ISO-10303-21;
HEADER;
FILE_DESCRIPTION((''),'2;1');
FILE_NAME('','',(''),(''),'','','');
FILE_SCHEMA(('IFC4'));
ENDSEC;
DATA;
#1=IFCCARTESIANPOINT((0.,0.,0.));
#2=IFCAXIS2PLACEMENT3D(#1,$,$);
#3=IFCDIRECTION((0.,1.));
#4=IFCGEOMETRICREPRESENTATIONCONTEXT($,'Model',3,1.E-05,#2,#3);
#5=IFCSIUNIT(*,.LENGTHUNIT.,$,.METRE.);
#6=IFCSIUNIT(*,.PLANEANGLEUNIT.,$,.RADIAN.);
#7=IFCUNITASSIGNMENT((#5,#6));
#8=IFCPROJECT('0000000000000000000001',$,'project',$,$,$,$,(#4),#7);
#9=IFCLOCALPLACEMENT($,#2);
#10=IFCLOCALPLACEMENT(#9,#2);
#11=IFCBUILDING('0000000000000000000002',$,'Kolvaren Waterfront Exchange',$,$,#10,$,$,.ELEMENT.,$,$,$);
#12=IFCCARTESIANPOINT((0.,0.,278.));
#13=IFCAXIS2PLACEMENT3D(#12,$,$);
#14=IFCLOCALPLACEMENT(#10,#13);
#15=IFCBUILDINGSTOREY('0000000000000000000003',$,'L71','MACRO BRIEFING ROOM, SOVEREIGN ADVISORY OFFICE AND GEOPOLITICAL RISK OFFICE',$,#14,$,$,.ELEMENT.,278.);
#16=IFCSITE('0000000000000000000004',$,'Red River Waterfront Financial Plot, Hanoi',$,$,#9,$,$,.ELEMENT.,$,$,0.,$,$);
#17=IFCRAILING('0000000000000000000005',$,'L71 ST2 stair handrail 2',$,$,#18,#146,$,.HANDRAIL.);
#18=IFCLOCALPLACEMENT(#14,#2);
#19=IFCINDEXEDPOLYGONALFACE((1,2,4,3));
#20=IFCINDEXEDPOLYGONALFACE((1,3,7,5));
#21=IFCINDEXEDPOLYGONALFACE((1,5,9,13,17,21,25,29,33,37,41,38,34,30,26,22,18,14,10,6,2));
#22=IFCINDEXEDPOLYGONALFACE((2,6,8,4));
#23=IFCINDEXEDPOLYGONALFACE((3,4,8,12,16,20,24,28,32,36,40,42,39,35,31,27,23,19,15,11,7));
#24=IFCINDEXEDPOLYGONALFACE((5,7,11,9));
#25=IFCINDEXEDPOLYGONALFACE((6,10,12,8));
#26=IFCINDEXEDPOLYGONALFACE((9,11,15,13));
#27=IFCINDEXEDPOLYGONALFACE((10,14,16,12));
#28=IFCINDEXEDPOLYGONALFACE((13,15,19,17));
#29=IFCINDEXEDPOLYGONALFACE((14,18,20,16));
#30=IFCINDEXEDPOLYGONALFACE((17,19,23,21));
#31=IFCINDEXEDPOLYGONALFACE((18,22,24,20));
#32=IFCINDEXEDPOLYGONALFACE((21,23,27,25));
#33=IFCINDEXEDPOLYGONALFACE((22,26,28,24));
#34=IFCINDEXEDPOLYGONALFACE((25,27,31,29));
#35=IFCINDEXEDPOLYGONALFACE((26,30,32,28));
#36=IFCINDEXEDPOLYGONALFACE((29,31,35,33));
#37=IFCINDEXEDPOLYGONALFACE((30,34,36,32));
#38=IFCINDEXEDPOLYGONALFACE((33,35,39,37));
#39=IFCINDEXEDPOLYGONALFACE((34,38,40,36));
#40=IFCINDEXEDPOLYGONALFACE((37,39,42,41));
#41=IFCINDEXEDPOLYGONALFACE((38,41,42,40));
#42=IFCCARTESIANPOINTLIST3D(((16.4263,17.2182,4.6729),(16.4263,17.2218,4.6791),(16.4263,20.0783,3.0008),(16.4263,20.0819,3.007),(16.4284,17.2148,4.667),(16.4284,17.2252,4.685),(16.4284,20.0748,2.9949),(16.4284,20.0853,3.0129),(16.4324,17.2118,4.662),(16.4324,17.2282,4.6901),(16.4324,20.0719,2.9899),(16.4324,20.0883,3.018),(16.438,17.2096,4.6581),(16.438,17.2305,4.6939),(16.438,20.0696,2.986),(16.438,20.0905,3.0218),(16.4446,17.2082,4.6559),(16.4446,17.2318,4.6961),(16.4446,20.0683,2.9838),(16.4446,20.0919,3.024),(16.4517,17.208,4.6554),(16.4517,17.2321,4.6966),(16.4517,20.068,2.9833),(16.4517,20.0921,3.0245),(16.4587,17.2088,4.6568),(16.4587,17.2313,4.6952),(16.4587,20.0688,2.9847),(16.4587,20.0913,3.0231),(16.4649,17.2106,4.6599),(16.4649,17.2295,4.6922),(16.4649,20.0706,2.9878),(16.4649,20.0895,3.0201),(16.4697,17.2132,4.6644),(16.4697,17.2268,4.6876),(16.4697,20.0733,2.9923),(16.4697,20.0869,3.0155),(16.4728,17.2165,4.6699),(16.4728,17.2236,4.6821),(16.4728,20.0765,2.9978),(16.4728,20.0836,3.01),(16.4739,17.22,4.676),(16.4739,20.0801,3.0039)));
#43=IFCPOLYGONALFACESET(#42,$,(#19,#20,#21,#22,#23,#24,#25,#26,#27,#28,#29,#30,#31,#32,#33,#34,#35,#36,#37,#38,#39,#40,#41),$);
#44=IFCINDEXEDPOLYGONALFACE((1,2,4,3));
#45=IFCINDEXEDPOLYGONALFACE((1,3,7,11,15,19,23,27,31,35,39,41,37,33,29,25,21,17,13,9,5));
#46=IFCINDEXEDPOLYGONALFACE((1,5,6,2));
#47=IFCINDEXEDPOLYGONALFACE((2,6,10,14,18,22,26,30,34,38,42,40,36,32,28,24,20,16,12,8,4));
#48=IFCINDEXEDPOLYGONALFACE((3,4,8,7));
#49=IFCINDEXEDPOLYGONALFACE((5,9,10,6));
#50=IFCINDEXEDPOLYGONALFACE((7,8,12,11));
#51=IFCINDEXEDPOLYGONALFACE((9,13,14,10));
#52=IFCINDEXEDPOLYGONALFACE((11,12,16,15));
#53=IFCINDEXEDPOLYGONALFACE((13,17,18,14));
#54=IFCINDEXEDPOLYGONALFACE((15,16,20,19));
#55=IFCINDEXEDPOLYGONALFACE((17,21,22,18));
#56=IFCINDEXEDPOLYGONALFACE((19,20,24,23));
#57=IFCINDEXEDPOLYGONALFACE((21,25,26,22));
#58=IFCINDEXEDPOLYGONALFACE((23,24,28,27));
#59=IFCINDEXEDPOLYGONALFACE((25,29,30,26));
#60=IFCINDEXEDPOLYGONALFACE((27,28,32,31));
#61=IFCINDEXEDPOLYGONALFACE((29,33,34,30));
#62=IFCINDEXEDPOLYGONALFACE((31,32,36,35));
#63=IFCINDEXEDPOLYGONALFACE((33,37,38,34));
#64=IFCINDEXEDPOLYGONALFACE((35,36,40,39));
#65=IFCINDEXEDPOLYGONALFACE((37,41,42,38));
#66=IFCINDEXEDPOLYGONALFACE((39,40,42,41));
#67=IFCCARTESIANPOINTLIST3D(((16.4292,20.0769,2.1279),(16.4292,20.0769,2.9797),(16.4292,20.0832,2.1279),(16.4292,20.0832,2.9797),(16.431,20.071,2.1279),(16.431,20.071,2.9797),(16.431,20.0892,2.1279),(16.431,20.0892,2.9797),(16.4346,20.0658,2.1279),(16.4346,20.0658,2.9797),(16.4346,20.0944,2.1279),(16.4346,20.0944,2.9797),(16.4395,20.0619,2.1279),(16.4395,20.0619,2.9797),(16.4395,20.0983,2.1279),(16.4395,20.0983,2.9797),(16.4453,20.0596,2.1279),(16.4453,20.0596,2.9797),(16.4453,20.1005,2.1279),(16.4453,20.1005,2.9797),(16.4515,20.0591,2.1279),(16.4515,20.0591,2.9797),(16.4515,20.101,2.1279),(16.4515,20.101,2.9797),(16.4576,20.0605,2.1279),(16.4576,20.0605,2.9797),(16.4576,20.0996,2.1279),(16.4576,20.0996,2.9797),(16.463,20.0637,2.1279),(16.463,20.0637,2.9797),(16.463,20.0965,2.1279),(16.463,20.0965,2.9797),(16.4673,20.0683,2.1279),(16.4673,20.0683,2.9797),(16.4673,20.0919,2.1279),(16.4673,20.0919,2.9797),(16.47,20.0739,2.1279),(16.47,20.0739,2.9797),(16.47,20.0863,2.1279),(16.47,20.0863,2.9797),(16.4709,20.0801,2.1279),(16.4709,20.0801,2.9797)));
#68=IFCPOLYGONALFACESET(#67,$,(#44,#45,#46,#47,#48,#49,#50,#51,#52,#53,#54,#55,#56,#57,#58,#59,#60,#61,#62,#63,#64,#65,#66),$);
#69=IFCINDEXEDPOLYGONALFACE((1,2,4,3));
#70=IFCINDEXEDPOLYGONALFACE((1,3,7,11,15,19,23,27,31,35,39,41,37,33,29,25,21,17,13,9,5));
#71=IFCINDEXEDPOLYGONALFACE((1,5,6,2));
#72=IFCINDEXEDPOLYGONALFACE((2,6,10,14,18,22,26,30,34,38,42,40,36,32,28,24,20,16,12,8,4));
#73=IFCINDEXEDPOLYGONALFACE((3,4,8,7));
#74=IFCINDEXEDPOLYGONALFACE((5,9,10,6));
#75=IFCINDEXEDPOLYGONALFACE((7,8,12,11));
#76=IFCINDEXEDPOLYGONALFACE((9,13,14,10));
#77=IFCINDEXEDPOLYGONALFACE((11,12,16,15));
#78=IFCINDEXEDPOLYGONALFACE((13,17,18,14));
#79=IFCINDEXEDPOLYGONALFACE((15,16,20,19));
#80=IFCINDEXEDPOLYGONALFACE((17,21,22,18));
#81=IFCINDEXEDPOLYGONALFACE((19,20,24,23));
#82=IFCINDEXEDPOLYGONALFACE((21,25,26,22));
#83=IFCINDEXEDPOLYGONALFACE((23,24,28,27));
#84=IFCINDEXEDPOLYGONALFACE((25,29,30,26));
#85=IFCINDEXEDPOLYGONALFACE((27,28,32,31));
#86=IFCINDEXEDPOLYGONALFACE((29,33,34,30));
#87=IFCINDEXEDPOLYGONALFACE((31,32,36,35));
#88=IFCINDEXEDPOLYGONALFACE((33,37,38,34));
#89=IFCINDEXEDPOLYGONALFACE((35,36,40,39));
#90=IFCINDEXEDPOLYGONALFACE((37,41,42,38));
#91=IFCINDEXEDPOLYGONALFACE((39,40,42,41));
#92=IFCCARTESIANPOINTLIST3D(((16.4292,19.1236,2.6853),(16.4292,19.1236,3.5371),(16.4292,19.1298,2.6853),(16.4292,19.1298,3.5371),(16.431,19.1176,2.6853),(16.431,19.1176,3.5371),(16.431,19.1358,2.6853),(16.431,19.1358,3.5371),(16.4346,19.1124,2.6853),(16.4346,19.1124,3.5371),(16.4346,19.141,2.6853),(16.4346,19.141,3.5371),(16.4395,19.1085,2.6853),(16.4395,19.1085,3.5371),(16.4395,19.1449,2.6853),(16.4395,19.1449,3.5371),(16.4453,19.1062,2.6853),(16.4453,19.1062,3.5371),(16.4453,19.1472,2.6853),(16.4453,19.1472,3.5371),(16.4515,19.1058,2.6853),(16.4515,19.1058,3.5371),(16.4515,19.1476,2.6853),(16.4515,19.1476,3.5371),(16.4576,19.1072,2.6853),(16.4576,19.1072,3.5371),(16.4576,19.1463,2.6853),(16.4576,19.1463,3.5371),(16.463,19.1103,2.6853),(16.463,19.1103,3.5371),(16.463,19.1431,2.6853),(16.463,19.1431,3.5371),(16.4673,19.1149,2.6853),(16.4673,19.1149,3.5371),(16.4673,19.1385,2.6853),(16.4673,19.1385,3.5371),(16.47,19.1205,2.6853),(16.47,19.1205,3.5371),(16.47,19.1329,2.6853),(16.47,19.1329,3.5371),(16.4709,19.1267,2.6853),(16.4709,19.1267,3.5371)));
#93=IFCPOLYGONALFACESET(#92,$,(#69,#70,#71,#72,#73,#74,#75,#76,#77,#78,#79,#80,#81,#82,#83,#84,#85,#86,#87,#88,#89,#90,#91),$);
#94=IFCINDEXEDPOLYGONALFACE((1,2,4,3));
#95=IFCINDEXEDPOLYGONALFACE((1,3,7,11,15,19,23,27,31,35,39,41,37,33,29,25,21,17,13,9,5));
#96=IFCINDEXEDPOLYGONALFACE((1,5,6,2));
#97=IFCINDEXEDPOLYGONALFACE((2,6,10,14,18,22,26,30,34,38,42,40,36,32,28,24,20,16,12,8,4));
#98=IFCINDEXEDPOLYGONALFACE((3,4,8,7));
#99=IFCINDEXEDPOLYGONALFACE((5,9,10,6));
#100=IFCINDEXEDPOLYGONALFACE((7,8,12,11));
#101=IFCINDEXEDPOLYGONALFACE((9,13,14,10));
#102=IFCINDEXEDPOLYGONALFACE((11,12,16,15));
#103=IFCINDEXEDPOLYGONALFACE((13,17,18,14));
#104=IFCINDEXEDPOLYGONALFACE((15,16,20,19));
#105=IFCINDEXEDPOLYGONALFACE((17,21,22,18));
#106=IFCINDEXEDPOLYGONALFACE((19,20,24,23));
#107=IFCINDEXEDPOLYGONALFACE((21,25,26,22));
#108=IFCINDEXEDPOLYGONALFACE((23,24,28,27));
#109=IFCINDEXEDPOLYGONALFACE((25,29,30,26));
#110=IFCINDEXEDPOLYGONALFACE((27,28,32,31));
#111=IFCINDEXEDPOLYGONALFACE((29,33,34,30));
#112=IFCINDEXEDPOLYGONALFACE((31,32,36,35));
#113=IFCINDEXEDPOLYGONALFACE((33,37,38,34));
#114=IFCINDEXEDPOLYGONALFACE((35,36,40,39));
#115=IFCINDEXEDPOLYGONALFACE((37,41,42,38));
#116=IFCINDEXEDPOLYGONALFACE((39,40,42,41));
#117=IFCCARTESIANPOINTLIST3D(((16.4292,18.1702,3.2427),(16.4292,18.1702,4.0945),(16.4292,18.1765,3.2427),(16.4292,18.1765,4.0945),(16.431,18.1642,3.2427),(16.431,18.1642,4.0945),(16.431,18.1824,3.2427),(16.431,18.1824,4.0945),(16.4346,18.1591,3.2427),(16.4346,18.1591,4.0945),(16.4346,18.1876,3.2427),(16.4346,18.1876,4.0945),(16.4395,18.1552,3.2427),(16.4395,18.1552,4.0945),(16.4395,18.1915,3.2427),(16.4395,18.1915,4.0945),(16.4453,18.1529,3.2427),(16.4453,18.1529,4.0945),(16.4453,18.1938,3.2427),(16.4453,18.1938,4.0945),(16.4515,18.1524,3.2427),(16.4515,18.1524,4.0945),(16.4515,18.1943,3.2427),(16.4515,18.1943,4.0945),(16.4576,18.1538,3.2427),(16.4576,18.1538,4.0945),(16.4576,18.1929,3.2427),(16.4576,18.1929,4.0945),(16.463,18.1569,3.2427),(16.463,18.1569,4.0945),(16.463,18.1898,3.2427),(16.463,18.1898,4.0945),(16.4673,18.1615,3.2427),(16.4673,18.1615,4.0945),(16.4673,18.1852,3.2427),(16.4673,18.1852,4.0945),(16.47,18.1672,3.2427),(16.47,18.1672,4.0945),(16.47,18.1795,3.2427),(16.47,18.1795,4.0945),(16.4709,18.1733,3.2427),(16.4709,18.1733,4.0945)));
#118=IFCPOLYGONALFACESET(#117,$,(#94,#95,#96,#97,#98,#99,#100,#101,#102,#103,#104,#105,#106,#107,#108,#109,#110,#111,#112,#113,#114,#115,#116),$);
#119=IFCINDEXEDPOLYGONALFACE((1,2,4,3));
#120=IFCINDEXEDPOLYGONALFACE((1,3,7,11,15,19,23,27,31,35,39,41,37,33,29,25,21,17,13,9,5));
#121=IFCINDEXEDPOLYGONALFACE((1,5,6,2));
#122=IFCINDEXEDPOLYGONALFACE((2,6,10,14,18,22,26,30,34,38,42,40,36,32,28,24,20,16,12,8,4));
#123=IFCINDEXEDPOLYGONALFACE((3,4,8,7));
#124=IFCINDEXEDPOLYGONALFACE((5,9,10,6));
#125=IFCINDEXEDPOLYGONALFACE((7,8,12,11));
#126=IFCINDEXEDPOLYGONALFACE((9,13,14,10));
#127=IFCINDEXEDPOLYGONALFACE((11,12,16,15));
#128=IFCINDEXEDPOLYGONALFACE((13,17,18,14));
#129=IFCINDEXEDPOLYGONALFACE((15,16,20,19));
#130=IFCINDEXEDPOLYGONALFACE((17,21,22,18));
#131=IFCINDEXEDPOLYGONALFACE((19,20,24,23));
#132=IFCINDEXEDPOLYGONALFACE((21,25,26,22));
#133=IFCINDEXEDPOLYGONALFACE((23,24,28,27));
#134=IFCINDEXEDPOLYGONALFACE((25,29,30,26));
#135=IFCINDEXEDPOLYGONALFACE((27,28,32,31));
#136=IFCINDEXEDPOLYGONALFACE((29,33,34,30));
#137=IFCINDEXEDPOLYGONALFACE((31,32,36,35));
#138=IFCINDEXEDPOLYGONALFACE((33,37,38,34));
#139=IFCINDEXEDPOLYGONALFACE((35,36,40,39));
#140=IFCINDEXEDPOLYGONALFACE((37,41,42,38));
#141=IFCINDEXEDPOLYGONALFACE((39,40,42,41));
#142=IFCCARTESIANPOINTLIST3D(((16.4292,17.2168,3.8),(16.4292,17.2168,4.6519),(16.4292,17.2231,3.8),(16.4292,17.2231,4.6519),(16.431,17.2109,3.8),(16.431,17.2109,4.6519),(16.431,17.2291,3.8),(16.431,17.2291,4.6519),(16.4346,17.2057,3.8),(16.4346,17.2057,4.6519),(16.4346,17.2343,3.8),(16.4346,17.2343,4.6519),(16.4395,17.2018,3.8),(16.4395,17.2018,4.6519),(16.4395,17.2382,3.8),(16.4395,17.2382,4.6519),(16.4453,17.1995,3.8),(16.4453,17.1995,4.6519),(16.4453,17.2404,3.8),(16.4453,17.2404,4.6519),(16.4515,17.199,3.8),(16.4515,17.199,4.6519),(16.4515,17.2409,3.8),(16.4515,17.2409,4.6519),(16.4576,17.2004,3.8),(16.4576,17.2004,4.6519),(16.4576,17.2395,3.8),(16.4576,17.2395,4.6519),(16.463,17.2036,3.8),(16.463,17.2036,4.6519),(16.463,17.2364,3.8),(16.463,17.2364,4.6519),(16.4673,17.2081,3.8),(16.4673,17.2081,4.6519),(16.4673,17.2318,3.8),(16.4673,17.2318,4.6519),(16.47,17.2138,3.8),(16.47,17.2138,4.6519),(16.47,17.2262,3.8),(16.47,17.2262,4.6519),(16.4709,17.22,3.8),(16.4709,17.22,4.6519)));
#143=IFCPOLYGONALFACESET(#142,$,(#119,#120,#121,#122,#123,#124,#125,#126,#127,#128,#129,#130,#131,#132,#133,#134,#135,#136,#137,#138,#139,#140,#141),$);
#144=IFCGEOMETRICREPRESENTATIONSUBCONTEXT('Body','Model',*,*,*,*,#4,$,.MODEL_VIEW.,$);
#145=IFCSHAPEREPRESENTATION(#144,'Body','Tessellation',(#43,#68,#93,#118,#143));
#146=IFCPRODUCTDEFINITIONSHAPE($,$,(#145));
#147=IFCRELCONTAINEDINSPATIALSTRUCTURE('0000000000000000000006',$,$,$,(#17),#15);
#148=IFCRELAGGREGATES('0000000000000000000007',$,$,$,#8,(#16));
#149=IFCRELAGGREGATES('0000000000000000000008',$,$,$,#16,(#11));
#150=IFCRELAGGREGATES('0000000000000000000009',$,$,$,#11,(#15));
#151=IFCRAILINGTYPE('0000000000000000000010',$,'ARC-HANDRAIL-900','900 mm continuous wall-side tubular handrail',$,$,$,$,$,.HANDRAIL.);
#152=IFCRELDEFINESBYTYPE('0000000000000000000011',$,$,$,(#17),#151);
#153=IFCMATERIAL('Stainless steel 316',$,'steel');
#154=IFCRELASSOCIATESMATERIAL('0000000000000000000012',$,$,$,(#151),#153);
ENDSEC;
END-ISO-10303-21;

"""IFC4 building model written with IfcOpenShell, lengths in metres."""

from ifc_helpers import new_model, si_unit, direction, frame, origin, origin_2d, place, context, subcontext, project, spatial, circle, extrude, material, type_object, element, save


model = new_model("IFC4")

# Units and contexts
model_context = context("Model", 3, precision=1e-05, world=origin(), true_north=direction((0.0, 1.0)))
body_context = subcontext(model_context, "Body", "Model", "MODEL_VIEW")
ifc_project = project(units=[si_unit("LENGTHUNIT", "METRE"), si_unit("PLANEANGLEUNIT", "RADIAN")], contexts=[model_context])

# Site, building, storey
site_placement = place(None, origin())
site = spatial("IfcSite", under=ifc_project, at=site_placement, Name="Red River Waterfront Financial Plot, Hanoi", CompositionType="ELEMENT", RefElevation=0.0)
building_placement = place(site_placement, origin())
building = spatial("IfcBuilding", under=site, at=building_placement, Name="Kolvaren Waterfront Exchange", CompositionType="ELEMENT")
storey_placement = place(building_placement, frame((0.0, 0.0, 278.0)))
storey = spatial("IfcBuildingStorey", under=building, at=storey_placement, Name="L71", Description="MACRO BRIEFING ROOM, SOVEREIGN ADVISORY OFFICE AND GEOPOLITICAL RISK OFFICE", CompositionType="ELEMENT", Elevation=278.0)

# Railing
ifc_material_1 = material(Name="Stainless steel 316", Category="steel")
railing_type_1 = type_object("IfcRailingType", Name="ARC-HANDRAIL-900", Description="900 mm continuous wall-side tubular handrail", PredefinedType="HANDRAIL", material=ifc_material_1)
railing_1_placement = place(storey_placement, frame((16.45, 20.0801, 2.1279)))
element("IfcRailing", 1, at=railing_1_placement, inside=storey, type_object=railing_type_1, Name="L71 ST2 stair handrail 2", PredefinedType="HANDRAIL", context=body_context, shape_type="SweptSolid", body=[
    extrude(circle(Radius=0.0239, at=origin_2d()), frame((0.0, 0.0, 0.876), z_axis=(0.0, -0.863289, 0.504709), x_axis=(1.0, 0.0, 0.0)), (0.0, 0.0, 1.0), 3.313),
    extrude(circle(Radius=0.021, at=origin_2d()), origin(), (0.0, 0.0, 1.0), 0.8518),
    extrude(circle(Radius=0.021, at=origin_2d()), frame((0.0, -0.9534, 0.5574)), (0.0, 0.0, 1.0), 0.8518),
    extrude(circle(Radius=0.021, at=origin_2d()), frame((0.0, -1.9067, 1.1147)), (0.0, 0.0, 1.0), 0.8518),
    extrude(circle(Radius=0.021, at=origin_2d()), frame((0.0, -2.8601, 1.6721)), (0.0, 0.0, 1.0), 0.8518),
])

save(model, "model.ifc")
